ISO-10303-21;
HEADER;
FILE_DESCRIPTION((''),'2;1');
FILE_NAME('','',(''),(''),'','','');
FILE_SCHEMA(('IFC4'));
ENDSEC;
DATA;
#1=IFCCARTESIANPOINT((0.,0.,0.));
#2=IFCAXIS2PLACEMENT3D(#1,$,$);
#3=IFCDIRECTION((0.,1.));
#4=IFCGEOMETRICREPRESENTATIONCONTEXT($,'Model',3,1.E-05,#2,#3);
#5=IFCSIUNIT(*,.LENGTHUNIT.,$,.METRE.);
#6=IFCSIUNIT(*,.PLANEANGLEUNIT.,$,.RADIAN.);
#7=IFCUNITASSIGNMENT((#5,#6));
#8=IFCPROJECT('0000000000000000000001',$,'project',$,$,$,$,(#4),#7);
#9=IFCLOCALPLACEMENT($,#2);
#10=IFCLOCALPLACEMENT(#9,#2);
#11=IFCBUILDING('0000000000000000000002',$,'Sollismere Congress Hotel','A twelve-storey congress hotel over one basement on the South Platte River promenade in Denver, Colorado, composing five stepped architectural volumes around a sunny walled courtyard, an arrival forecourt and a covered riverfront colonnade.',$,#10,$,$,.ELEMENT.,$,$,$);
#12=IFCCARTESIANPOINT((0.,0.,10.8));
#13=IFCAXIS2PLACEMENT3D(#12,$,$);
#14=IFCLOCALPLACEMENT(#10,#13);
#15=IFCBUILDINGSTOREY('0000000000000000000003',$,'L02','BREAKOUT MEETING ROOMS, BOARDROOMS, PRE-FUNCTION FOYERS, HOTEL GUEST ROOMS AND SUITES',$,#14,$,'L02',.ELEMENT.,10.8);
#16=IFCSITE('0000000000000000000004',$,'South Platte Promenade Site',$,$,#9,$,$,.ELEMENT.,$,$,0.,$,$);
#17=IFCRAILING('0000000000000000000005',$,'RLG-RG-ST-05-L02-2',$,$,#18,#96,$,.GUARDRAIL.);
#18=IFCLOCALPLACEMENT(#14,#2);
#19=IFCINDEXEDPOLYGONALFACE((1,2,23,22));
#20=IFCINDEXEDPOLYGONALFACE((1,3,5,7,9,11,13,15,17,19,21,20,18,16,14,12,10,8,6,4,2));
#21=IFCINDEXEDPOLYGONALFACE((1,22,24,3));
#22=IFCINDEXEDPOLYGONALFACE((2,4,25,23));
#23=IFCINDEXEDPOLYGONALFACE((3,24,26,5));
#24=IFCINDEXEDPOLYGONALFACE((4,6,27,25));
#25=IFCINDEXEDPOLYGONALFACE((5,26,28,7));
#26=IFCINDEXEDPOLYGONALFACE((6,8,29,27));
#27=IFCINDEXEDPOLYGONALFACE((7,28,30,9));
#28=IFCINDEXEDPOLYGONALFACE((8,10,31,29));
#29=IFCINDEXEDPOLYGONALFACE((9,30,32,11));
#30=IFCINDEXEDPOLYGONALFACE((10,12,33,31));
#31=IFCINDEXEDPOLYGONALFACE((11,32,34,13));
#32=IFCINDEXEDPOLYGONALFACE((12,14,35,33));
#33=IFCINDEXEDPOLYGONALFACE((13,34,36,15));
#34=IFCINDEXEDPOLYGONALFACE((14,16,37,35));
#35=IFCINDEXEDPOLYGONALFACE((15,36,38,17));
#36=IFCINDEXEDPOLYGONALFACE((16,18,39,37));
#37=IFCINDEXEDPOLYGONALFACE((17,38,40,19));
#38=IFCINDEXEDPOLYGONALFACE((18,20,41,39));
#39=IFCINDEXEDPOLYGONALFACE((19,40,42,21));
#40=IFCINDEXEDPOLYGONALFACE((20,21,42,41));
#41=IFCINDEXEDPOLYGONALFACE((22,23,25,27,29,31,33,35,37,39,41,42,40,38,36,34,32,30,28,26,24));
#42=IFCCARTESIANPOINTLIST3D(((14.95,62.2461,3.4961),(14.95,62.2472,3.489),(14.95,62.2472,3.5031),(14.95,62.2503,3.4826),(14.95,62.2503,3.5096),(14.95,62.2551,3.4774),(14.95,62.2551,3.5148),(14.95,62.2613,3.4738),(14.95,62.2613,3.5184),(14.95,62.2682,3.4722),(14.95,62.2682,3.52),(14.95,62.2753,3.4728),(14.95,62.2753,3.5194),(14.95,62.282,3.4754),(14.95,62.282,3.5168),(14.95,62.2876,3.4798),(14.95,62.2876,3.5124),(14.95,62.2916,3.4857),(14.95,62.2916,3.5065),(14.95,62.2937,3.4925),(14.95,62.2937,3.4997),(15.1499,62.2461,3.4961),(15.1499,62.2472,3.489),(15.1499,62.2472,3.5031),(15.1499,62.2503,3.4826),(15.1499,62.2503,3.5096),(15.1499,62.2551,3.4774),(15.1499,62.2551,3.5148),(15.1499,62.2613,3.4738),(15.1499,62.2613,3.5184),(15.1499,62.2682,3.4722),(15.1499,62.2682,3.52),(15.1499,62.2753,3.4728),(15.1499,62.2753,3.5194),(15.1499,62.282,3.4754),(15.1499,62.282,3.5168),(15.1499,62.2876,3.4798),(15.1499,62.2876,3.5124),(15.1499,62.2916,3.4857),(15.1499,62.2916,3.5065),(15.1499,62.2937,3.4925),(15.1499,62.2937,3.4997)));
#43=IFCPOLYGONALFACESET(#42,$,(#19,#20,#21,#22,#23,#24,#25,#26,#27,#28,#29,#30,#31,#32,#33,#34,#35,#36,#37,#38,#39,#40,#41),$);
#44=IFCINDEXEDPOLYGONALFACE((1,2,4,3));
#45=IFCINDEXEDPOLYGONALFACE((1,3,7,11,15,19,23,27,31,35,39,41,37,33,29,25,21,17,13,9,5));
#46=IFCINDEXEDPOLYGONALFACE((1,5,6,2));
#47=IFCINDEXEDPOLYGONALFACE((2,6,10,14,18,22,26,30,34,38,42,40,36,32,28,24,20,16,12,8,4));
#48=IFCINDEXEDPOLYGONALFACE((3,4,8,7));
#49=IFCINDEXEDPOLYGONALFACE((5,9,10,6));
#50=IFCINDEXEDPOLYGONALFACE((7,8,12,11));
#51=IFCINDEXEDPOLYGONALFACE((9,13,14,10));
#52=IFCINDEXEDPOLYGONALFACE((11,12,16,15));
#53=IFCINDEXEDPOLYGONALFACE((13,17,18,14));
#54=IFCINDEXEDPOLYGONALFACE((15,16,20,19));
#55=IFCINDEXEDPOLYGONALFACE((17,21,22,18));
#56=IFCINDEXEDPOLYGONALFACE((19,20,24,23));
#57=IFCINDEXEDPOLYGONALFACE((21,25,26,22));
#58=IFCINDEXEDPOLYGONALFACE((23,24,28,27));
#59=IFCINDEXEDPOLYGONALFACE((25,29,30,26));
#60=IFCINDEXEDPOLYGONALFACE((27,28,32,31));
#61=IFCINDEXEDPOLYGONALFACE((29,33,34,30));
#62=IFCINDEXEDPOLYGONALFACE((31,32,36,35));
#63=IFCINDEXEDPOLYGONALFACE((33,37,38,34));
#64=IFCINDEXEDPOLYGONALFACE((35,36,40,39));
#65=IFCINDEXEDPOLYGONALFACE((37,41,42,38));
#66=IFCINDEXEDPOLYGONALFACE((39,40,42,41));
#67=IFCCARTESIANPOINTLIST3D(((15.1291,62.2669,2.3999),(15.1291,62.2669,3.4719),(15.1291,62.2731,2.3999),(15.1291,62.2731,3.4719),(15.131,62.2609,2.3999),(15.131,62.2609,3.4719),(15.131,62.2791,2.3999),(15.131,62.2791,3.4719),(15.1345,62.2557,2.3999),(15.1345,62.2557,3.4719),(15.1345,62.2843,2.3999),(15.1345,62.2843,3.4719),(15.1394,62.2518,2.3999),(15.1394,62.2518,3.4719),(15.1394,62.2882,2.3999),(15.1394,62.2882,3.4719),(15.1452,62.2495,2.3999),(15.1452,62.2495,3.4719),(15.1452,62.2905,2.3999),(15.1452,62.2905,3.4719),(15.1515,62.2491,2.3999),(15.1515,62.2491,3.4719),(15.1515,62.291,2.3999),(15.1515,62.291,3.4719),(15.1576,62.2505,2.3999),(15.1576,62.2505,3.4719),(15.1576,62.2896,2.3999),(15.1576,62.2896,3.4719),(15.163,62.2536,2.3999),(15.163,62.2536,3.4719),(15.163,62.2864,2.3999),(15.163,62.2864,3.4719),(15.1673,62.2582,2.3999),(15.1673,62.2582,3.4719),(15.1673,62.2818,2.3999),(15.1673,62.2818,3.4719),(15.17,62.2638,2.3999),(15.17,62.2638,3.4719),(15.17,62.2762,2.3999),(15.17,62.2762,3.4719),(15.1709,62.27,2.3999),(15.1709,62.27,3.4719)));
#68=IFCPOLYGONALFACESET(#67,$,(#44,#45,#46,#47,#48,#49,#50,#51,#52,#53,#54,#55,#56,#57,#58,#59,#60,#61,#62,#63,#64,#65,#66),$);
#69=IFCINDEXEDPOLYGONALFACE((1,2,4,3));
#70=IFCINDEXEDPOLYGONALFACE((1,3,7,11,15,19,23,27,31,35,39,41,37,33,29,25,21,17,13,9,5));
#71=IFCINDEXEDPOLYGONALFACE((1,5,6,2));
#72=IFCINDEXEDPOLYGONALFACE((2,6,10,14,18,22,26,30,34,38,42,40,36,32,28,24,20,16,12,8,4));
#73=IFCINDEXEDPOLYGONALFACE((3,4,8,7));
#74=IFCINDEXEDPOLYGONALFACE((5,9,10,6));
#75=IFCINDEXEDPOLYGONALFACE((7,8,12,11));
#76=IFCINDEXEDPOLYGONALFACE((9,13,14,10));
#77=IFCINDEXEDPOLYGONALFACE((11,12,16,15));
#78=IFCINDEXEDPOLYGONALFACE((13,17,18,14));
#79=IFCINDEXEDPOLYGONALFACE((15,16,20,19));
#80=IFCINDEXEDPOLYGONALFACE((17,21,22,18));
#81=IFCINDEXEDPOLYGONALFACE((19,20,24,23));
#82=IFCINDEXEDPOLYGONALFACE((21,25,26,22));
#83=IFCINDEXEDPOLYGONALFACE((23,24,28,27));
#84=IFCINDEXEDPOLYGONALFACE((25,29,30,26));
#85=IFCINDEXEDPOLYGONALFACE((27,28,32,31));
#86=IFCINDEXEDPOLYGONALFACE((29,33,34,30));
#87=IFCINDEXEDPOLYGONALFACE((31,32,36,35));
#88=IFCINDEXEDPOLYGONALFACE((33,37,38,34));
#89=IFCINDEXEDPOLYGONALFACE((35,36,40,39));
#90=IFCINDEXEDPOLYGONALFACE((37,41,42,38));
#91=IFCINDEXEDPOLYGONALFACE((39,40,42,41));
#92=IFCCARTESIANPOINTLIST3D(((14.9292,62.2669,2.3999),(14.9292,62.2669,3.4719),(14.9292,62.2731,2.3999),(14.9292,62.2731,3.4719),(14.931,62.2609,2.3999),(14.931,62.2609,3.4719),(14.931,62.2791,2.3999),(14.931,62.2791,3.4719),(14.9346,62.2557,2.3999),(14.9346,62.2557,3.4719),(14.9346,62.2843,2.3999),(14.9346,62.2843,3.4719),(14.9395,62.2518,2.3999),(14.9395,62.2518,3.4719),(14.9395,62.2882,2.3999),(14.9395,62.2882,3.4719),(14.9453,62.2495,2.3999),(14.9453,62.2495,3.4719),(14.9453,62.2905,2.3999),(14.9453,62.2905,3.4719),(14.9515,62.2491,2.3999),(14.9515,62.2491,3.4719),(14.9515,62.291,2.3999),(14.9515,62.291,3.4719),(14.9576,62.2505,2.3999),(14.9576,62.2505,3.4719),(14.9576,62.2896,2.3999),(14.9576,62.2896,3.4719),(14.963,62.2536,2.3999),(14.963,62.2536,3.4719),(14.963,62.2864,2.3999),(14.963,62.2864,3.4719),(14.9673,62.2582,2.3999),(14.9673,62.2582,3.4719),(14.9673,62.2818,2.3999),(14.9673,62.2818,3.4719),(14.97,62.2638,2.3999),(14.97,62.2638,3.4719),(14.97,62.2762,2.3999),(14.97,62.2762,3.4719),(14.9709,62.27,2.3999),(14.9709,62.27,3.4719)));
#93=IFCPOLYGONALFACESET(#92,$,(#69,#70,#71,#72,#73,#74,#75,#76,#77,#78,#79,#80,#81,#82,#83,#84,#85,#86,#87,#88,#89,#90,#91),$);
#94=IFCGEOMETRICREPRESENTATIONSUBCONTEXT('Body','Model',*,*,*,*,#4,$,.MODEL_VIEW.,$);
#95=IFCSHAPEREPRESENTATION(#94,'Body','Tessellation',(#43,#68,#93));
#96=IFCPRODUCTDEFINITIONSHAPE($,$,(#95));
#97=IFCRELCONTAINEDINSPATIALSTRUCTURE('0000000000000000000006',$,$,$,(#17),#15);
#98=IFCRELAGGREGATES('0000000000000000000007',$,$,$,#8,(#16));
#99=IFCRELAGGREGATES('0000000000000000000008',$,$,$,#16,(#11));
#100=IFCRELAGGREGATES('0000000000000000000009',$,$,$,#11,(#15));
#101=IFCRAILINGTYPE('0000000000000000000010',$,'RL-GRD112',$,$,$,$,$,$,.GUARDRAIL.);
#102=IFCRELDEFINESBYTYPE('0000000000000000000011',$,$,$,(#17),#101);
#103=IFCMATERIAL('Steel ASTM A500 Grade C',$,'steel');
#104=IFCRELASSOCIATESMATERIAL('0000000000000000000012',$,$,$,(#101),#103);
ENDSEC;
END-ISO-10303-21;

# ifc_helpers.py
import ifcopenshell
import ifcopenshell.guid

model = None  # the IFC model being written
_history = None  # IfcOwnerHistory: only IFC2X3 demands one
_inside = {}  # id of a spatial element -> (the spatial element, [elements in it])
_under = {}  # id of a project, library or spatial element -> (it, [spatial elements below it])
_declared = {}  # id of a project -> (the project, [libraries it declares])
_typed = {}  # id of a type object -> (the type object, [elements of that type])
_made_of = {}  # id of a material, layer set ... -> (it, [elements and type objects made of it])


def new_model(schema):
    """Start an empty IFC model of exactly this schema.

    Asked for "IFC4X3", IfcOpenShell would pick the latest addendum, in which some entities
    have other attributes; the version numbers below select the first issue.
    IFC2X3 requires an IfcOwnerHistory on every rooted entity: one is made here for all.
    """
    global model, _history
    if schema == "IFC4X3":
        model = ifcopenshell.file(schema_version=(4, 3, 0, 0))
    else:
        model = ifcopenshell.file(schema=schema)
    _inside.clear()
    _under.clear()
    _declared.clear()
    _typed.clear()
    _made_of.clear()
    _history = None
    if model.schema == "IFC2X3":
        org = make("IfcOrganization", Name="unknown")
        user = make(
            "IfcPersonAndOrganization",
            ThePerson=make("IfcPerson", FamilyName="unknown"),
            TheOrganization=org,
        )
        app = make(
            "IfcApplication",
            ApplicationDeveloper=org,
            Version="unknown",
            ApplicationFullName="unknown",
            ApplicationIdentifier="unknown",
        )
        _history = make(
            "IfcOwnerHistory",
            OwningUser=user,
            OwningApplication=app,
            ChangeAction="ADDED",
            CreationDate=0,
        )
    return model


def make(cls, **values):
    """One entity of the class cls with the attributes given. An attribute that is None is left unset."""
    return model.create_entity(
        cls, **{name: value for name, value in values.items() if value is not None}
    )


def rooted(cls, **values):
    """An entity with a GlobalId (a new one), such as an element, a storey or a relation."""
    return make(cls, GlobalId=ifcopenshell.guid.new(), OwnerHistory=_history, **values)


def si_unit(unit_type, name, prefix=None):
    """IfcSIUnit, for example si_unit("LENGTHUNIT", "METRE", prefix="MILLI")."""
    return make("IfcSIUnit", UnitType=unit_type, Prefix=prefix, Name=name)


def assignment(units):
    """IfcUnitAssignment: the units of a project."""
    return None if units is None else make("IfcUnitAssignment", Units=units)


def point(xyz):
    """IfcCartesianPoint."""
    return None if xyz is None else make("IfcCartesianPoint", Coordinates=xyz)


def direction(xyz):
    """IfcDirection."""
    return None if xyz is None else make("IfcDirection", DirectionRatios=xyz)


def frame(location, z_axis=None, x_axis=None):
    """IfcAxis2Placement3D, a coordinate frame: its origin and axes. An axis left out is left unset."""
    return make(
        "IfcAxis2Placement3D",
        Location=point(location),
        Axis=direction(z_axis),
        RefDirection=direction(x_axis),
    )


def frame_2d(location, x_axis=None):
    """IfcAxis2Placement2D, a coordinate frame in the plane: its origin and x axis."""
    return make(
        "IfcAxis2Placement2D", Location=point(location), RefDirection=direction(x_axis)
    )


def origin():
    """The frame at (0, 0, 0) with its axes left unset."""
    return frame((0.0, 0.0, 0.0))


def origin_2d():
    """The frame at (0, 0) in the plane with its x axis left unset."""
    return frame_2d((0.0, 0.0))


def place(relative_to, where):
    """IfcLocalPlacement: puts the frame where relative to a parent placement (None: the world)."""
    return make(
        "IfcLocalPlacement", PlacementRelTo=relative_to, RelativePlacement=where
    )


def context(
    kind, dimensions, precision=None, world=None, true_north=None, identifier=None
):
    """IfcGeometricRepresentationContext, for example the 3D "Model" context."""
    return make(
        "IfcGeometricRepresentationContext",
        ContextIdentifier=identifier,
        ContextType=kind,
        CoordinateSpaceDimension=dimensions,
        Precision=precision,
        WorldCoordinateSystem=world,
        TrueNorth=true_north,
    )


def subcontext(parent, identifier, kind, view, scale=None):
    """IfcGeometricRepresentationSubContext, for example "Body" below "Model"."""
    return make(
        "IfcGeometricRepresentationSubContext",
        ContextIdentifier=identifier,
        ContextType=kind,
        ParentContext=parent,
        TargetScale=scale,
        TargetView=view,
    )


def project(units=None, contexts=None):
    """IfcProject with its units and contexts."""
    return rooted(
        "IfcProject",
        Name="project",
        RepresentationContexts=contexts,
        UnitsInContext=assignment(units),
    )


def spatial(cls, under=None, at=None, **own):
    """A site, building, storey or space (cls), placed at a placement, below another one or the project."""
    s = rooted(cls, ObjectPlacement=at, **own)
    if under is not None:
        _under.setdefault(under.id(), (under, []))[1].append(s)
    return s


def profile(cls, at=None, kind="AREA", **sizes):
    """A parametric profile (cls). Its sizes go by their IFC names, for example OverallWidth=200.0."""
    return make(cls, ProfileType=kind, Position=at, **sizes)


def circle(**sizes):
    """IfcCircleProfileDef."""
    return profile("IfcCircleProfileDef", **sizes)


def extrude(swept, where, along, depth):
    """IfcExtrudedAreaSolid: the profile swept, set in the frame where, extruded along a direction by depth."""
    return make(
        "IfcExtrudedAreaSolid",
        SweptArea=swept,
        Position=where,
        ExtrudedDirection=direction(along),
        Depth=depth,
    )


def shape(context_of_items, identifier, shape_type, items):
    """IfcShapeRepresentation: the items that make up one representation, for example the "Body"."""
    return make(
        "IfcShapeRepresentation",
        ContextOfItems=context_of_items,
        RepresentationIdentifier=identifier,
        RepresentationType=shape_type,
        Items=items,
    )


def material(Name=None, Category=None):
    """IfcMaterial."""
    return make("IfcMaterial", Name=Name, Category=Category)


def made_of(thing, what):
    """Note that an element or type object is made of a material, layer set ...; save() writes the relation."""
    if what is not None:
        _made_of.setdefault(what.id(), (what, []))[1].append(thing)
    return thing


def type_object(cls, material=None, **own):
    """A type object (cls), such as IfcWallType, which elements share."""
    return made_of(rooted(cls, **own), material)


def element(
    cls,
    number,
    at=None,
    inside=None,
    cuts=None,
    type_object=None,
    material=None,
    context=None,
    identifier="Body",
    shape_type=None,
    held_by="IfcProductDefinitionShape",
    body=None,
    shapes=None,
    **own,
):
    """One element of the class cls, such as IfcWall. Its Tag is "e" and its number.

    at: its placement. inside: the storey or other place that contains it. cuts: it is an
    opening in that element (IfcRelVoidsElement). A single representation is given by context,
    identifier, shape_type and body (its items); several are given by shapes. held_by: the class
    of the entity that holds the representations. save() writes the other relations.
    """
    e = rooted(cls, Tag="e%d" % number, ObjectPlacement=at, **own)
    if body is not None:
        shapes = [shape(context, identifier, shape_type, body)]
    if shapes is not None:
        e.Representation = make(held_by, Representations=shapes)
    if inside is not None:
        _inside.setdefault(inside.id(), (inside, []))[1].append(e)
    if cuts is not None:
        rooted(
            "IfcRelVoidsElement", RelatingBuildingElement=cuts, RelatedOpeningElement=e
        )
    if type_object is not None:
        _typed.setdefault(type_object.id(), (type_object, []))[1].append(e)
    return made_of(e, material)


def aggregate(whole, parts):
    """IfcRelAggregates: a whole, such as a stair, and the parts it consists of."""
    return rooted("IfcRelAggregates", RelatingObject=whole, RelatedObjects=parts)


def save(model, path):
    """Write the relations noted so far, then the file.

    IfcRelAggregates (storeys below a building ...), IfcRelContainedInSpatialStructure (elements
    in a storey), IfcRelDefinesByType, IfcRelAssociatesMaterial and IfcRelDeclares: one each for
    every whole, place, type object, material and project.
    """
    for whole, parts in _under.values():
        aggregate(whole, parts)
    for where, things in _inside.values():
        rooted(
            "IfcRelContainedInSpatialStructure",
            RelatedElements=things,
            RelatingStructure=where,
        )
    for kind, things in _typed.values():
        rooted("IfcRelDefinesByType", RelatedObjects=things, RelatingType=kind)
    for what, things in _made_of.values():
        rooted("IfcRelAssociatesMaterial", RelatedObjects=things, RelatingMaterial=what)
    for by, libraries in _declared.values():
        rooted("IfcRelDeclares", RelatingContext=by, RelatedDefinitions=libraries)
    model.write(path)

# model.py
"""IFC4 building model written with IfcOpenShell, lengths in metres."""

from ifc_helpers import new_model, si_unit, direction, frame, origin, origin_2d, place, context, subcontext, project, spatial, circle, extrude, material, type_object, element, save


model = new_model("IFC4")

# Units and contexts
model_context = context("Model", 3, precision=1e-05, world=origin(), true_north=direction((0.0, 1.0)))
body_context = subcontext(model_context, "Body", "Model", "MODEL_VIEW")
ifc_project = project(units=[si_unit("LENGTHUNIT", "METRE"), si_unit("PLANEANGLEUNIT", "RADIAN")], contexts=[model_context])

# Site, building, storey
site_placement = place(None, origin())
site = spatial("IfcSite", under=ifc_project, at=site_placement, Name="South Platte Promenade Site", CompositionType="ELEMENT", RefElevation=0.0)
building_placement = place(site_placement, origin())
building = spatial("IfcBuilding", under=site, at=building_placement, Name="Sollismere Congress Hotel", Description="A twelve-storey congress hotel over one basement on the South Platte River promenade in Denver, Colorado, composing five stepped architectural volumes around a sunny walled courtyard, an arrival forecourt and a covered riverfront colonnade.", CompositionType="ELEMENT")
storey_placement = place(building_placement, frame((0.0, 0.0, 10.8)))
storey = spatial("IfcBuildingStorey", under=building, at=storey_placement, Name="L02", Description="BREAKOUT MEETING ROOMS, BOARDROOMS, PRE-FUNCTION FOYERS, HOTEL GUEST ROOMS AND SUITES", LongName="L02", CompositionType="ELEMENT", Elevation=10.8)

# Railing
ifc_material_1 = material(Name="Steel ASTM A500 Grade C", Category="steel")
railing_type_1 = type_object("IfcRailingType", Name="RL-GRD112", PredefinedType="GUARDRAIL", material=ifc_material_1)
railing_1_placement = place(storey_placement, frame((15.1499, 62.27, 2.3999)))
element("IfcRailing", 1, at=railing_1_placement, inside=storey, type_object=railing_type_1, Name="RLG-RG-ST-05-L02-2", PredefinedType="GUARDRAIL", context=body_context, shape_type="SweptSolid", body=[
    extrude(circle(Radius=0.0239, at=origin_2d()), frame((0.0, 0.0, 1.0962), z_axis=(-1.0, 0.0, 0.0), x_axis=(0.0, -1.0, 0.0)), (0.0, 0.0, 1.0), 0.2),
    extrude(circle(Radius=0.021, at=origin_2d()), origin(), (0.0, 0.0, 1.0), 1.072),
    extrude(circle(Radius=0.021, at=origin_2d()), frame((-0.2, 0.0, 0.0)), (0.0, 0.0, 1.0), 1.072),
])

save(model, "model.ifc")
